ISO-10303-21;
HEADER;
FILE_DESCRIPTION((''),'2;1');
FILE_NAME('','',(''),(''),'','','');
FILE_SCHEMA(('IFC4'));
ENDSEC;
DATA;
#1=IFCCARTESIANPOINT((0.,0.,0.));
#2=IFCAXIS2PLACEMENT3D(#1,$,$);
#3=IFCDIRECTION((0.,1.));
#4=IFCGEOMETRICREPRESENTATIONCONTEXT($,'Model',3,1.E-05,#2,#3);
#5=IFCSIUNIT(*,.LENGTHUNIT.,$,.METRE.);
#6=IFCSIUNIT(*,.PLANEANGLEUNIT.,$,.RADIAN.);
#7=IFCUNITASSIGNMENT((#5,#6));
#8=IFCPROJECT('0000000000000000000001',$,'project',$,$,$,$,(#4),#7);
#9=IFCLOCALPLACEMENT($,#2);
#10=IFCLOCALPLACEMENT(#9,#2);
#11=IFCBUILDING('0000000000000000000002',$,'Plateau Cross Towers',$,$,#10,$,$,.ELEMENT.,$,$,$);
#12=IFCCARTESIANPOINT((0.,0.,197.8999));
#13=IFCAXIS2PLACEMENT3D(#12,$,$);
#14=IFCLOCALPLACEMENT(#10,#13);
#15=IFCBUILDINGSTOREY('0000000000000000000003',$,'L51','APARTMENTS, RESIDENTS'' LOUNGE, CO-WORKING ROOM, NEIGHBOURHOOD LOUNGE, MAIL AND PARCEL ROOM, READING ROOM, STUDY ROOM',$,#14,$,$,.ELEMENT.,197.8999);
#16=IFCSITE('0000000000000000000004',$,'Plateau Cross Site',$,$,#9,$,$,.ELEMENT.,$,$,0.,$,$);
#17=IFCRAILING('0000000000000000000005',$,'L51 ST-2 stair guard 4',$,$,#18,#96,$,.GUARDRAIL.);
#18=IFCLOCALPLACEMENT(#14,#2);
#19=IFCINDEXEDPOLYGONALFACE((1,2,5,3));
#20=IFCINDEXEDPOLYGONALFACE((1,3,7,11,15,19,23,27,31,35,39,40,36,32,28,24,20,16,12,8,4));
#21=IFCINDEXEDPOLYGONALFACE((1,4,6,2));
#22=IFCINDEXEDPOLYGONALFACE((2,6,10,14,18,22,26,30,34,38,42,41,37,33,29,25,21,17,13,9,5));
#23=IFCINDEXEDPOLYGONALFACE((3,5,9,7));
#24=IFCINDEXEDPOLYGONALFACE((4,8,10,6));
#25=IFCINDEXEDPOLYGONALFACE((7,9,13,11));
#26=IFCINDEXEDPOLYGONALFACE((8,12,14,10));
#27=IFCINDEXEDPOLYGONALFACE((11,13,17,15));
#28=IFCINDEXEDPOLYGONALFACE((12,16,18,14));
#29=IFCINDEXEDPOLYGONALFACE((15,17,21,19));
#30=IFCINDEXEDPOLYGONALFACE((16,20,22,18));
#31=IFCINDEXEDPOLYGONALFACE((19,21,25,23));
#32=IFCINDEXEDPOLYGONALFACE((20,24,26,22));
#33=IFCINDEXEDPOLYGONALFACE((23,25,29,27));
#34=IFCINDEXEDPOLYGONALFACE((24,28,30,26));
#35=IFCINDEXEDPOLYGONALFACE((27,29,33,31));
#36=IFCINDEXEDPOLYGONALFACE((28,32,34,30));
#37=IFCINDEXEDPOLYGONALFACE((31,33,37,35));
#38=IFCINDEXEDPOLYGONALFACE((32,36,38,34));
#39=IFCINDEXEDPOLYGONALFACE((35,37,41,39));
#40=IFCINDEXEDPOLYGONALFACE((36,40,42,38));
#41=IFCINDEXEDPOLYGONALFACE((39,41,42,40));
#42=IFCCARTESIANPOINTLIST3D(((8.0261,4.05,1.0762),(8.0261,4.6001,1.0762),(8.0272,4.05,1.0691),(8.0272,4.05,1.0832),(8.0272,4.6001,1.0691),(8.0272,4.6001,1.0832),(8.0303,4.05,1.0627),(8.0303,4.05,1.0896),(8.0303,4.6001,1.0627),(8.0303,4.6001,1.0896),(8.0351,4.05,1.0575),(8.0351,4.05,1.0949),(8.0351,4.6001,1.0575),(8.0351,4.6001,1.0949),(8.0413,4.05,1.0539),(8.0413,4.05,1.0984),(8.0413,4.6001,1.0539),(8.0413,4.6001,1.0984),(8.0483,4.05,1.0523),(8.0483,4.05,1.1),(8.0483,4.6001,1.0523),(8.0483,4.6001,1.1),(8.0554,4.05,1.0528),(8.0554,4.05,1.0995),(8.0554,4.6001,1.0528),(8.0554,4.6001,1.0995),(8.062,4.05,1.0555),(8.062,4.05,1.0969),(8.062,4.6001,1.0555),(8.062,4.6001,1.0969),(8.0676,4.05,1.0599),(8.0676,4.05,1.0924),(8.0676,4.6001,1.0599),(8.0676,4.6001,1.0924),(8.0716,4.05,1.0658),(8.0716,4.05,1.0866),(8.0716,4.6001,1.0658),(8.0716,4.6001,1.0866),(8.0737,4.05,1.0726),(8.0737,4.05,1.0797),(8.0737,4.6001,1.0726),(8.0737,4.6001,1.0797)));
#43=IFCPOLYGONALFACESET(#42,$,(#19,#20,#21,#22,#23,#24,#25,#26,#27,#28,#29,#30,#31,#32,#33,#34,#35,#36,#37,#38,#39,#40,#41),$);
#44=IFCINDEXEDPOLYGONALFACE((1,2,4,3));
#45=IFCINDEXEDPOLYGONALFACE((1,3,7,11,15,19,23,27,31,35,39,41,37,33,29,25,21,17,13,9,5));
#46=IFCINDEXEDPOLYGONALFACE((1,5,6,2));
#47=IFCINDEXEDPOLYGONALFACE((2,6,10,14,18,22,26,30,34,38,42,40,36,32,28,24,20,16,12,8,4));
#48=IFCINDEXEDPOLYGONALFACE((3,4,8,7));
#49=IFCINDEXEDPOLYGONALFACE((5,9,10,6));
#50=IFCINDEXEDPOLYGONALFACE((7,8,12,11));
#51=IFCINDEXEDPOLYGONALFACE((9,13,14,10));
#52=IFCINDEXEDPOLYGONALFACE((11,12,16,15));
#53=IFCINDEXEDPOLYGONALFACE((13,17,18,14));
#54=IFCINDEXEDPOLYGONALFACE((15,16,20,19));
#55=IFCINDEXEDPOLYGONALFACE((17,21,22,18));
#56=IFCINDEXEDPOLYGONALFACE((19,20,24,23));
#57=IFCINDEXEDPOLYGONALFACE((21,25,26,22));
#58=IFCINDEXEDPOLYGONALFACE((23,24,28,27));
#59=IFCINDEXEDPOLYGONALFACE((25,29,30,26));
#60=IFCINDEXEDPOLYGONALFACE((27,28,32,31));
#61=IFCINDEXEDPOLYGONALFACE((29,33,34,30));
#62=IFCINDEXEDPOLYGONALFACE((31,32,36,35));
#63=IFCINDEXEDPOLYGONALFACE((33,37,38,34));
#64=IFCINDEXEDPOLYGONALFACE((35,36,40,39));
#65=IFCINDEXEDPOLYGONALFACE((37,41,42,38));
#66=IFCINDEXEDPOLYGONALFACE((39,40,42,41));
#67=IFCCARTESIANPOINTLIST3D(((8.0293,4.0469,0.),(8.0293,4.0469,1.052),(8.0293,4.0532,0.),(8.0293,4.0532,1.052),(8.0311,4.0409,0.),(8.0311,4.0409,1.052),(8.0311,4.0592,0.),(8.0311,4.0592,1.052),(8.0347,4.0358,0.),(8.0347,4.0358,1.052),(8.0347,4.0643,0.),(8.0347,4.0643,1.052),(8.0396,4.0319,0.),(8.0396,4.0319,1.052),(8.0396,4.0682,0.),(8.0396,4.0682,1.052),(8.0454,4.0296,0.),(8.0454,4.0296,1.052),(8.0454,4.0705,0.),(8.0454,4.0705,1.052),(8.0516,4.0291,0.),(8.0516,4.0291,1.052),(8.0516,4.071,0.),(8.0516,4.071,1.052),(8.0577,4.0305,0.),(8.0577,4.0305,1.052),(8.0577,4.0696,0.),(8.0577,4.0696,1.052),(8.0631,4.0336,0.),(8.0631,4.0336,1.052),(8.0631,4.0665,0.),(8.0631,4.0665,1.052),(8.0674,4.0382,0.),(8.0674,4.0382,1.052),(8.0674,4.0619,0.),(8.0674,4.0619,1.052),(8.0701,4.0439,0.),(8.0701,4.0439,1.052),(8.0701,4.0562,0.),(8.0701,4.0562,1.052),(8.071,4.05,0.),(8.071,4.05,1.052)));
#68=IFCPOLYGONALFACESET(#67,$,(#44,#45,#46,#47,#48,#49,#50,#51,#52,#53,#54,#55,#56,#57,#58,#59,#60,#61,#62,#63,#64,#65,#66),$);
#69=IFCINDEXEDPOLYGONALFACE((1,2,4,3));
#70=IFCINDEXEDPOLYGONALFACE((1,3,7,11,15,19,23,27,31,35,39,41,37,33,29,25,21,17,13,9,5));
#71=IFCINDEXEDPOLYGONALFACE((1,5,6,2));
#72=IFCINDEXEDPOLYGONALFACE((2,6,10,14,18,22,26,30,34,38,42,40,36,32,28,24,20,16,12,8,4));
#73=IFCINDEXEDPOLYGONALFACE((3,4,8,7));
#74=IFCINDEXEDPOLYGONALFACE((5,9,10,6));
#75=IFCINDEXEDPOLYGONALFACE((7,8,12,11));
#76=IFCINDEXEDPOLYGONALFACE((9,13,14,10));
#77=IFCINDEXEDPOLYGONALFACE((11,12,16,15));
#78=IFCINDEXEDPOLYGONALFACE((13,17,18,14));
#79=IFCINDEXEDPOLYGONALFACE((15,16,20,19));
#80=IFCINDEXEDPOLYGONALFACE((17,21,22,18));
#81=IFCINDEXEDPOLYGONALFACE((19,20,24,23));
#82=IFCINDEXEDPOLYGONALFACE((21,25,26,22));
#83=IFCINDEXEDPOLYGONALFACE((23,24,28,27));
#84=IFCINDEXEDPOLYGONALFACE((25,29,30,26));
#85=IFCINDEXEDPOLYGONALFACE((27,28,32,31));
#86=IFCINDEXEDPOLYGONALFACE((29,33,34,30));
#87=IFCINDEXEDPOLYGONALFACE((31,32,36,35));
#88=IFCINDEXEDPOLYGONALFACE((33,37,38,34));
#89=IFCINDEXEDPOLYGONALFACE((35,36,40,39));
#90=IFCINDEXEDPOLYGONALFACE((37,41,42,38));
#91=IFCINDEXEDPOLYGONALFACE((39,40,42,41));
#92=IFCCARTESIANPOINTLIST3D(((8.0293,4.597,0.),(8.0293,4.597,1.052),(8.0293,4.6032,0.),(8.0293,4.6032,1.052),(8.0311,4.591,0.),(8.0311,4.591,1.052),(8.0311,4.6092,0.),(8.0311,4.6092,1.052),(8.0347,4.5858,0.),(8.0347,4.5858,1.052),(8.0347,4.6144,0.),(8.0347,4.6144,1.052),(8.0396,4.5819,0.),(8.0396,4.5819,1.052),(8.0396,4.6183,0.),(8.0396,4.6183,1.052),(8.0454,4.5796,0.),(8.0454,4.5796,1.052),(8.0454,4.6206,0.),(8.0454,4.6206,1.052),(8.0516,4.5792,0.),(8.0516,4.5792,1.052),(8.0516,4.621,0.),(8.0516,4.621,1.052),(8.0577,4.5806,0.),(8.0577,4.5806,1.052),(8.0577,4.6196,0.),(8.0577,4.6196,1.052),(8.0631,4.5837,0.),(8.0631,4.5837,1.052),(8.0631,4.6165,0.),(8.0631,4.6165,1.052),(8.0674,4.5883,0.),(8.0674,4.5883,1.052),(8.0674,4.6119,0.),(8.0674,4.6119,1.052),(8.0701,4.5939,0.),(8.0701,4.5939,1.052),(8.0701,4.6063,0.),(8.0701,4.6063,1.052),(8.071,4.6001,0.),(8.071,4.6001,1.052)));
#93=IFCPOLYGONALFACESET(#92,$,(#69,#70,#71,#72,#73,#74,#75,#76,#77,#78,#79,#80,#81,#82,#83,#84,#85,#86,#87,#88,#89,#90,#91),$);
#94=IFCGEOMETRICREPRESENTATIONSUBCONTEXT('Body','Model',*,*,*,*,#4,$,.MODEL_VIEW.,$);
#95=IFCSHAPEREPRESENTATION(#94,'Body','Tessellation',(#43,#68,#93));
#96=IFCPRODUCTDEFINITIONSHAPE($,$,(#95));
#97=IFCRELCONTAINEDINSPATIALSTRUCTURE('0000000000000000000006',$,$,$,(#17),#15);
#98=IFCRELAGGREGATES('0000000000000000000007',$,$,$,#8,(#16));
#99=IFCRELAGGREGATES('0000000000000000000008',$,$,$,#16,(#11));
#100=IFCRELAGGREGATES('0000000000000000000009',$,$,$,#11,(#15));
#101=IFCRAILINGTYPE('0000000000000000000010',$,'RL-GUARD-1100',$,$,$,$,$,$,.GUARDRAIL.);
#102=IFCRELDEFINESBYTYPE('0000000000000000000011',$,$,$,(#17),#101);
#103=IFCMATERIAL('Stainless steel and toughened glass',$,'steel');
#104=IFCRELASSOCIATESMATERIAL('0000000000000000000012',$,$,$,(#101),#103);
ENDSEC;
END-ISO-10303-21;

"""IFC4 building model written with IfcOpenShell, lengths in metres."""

from ifc_helpers import new_model, si_unit, direction, frame, origin, origin_2d, place, context, subcontext, project, spatial, circle, extrude, material, type_object, element, save


model = new_model("IFC4")

# Units and contexts
model_context = context("Model", 3, precision=1e-05, world=origin(), true_north=direction((0.0, 1.0)))
body_context = subcontext(model_context, "Body", "Model", "MODEL_VIEW")
ifc_project = project(units=[si_unit("LENGTHUNIT", "METRE"), si_unit("PLANEANGLEUNIT", "RADIAN")], contexts=[model_context])

# Site, building, storey
site_placement = place(None, origin())
site = spatial("IfcSite", under=ifc_project, at=site_placement, Name="Plateau Cross Site", CompositionType="ELEMENT", RefElevation=0.0)
building_placement = place(site_placement, origin())
building = spatial("IfcBuilding", under=site, at=building_placement, Name="Plateau Cross Towers", CompositionType="ELEMENT")
storey_placement = place(building_placement, frame((0.0, 0.0, 197.8999)))
storey = spatial("IfcBuildingStorey", under=building, at=storey_placement, Name="L51", Description="APARTMENTS, RESIDENTS' LOUNGE, CO-WORKING ROOM, NEIGHBOURHOOD LOUNGE, MAIL AND PARCEL ROOM, READING ROOM, STUDY ROOM", CompositionType="ELEMENT", Elevation=197.8999)

# Railing
ifc_material_1 = material(Name="Stainless steel and toughened glass", Category="steel")
railing_type_1 = type_object("IfcRailingType", Name="RL-GUARD-1100", PredefinedType="GUARDRAIL", material=ifc_material_1)
railing_1_placement = place(storey_placement, frame((8.05, 4.05, 0.0)))
element("IfcRailing", 1, at=railing_1_placement, inside=storey, type_object=railing_type_1, Name="L51 ST-2 stair guard 4", PredefinedType="GUARDRAIL", context=body_context, shape_type="SweptSolid", body=[
    extrude(circle(Radius=0.0239, at=origin_2d()), frame((0.0, 0.0, 1.0762), z_axis=(0.0, 1.0, 0.0), x_axis=(-1.0, 0.0, 0.0)), (0.0, 0.0, 1.0), 0.55),
    extrude(circle(Radius=0.021, at=origin_2d()), origin(), (0.0, 0.0, 1.0), 1.052),
    extrude(circle(Radius=0.021, at=origin_2d()), frame((0.0, 0.55, 0.0)), (0.0, 0.0, 1.0), 1.052),
])

save(model, "model.ifc")
